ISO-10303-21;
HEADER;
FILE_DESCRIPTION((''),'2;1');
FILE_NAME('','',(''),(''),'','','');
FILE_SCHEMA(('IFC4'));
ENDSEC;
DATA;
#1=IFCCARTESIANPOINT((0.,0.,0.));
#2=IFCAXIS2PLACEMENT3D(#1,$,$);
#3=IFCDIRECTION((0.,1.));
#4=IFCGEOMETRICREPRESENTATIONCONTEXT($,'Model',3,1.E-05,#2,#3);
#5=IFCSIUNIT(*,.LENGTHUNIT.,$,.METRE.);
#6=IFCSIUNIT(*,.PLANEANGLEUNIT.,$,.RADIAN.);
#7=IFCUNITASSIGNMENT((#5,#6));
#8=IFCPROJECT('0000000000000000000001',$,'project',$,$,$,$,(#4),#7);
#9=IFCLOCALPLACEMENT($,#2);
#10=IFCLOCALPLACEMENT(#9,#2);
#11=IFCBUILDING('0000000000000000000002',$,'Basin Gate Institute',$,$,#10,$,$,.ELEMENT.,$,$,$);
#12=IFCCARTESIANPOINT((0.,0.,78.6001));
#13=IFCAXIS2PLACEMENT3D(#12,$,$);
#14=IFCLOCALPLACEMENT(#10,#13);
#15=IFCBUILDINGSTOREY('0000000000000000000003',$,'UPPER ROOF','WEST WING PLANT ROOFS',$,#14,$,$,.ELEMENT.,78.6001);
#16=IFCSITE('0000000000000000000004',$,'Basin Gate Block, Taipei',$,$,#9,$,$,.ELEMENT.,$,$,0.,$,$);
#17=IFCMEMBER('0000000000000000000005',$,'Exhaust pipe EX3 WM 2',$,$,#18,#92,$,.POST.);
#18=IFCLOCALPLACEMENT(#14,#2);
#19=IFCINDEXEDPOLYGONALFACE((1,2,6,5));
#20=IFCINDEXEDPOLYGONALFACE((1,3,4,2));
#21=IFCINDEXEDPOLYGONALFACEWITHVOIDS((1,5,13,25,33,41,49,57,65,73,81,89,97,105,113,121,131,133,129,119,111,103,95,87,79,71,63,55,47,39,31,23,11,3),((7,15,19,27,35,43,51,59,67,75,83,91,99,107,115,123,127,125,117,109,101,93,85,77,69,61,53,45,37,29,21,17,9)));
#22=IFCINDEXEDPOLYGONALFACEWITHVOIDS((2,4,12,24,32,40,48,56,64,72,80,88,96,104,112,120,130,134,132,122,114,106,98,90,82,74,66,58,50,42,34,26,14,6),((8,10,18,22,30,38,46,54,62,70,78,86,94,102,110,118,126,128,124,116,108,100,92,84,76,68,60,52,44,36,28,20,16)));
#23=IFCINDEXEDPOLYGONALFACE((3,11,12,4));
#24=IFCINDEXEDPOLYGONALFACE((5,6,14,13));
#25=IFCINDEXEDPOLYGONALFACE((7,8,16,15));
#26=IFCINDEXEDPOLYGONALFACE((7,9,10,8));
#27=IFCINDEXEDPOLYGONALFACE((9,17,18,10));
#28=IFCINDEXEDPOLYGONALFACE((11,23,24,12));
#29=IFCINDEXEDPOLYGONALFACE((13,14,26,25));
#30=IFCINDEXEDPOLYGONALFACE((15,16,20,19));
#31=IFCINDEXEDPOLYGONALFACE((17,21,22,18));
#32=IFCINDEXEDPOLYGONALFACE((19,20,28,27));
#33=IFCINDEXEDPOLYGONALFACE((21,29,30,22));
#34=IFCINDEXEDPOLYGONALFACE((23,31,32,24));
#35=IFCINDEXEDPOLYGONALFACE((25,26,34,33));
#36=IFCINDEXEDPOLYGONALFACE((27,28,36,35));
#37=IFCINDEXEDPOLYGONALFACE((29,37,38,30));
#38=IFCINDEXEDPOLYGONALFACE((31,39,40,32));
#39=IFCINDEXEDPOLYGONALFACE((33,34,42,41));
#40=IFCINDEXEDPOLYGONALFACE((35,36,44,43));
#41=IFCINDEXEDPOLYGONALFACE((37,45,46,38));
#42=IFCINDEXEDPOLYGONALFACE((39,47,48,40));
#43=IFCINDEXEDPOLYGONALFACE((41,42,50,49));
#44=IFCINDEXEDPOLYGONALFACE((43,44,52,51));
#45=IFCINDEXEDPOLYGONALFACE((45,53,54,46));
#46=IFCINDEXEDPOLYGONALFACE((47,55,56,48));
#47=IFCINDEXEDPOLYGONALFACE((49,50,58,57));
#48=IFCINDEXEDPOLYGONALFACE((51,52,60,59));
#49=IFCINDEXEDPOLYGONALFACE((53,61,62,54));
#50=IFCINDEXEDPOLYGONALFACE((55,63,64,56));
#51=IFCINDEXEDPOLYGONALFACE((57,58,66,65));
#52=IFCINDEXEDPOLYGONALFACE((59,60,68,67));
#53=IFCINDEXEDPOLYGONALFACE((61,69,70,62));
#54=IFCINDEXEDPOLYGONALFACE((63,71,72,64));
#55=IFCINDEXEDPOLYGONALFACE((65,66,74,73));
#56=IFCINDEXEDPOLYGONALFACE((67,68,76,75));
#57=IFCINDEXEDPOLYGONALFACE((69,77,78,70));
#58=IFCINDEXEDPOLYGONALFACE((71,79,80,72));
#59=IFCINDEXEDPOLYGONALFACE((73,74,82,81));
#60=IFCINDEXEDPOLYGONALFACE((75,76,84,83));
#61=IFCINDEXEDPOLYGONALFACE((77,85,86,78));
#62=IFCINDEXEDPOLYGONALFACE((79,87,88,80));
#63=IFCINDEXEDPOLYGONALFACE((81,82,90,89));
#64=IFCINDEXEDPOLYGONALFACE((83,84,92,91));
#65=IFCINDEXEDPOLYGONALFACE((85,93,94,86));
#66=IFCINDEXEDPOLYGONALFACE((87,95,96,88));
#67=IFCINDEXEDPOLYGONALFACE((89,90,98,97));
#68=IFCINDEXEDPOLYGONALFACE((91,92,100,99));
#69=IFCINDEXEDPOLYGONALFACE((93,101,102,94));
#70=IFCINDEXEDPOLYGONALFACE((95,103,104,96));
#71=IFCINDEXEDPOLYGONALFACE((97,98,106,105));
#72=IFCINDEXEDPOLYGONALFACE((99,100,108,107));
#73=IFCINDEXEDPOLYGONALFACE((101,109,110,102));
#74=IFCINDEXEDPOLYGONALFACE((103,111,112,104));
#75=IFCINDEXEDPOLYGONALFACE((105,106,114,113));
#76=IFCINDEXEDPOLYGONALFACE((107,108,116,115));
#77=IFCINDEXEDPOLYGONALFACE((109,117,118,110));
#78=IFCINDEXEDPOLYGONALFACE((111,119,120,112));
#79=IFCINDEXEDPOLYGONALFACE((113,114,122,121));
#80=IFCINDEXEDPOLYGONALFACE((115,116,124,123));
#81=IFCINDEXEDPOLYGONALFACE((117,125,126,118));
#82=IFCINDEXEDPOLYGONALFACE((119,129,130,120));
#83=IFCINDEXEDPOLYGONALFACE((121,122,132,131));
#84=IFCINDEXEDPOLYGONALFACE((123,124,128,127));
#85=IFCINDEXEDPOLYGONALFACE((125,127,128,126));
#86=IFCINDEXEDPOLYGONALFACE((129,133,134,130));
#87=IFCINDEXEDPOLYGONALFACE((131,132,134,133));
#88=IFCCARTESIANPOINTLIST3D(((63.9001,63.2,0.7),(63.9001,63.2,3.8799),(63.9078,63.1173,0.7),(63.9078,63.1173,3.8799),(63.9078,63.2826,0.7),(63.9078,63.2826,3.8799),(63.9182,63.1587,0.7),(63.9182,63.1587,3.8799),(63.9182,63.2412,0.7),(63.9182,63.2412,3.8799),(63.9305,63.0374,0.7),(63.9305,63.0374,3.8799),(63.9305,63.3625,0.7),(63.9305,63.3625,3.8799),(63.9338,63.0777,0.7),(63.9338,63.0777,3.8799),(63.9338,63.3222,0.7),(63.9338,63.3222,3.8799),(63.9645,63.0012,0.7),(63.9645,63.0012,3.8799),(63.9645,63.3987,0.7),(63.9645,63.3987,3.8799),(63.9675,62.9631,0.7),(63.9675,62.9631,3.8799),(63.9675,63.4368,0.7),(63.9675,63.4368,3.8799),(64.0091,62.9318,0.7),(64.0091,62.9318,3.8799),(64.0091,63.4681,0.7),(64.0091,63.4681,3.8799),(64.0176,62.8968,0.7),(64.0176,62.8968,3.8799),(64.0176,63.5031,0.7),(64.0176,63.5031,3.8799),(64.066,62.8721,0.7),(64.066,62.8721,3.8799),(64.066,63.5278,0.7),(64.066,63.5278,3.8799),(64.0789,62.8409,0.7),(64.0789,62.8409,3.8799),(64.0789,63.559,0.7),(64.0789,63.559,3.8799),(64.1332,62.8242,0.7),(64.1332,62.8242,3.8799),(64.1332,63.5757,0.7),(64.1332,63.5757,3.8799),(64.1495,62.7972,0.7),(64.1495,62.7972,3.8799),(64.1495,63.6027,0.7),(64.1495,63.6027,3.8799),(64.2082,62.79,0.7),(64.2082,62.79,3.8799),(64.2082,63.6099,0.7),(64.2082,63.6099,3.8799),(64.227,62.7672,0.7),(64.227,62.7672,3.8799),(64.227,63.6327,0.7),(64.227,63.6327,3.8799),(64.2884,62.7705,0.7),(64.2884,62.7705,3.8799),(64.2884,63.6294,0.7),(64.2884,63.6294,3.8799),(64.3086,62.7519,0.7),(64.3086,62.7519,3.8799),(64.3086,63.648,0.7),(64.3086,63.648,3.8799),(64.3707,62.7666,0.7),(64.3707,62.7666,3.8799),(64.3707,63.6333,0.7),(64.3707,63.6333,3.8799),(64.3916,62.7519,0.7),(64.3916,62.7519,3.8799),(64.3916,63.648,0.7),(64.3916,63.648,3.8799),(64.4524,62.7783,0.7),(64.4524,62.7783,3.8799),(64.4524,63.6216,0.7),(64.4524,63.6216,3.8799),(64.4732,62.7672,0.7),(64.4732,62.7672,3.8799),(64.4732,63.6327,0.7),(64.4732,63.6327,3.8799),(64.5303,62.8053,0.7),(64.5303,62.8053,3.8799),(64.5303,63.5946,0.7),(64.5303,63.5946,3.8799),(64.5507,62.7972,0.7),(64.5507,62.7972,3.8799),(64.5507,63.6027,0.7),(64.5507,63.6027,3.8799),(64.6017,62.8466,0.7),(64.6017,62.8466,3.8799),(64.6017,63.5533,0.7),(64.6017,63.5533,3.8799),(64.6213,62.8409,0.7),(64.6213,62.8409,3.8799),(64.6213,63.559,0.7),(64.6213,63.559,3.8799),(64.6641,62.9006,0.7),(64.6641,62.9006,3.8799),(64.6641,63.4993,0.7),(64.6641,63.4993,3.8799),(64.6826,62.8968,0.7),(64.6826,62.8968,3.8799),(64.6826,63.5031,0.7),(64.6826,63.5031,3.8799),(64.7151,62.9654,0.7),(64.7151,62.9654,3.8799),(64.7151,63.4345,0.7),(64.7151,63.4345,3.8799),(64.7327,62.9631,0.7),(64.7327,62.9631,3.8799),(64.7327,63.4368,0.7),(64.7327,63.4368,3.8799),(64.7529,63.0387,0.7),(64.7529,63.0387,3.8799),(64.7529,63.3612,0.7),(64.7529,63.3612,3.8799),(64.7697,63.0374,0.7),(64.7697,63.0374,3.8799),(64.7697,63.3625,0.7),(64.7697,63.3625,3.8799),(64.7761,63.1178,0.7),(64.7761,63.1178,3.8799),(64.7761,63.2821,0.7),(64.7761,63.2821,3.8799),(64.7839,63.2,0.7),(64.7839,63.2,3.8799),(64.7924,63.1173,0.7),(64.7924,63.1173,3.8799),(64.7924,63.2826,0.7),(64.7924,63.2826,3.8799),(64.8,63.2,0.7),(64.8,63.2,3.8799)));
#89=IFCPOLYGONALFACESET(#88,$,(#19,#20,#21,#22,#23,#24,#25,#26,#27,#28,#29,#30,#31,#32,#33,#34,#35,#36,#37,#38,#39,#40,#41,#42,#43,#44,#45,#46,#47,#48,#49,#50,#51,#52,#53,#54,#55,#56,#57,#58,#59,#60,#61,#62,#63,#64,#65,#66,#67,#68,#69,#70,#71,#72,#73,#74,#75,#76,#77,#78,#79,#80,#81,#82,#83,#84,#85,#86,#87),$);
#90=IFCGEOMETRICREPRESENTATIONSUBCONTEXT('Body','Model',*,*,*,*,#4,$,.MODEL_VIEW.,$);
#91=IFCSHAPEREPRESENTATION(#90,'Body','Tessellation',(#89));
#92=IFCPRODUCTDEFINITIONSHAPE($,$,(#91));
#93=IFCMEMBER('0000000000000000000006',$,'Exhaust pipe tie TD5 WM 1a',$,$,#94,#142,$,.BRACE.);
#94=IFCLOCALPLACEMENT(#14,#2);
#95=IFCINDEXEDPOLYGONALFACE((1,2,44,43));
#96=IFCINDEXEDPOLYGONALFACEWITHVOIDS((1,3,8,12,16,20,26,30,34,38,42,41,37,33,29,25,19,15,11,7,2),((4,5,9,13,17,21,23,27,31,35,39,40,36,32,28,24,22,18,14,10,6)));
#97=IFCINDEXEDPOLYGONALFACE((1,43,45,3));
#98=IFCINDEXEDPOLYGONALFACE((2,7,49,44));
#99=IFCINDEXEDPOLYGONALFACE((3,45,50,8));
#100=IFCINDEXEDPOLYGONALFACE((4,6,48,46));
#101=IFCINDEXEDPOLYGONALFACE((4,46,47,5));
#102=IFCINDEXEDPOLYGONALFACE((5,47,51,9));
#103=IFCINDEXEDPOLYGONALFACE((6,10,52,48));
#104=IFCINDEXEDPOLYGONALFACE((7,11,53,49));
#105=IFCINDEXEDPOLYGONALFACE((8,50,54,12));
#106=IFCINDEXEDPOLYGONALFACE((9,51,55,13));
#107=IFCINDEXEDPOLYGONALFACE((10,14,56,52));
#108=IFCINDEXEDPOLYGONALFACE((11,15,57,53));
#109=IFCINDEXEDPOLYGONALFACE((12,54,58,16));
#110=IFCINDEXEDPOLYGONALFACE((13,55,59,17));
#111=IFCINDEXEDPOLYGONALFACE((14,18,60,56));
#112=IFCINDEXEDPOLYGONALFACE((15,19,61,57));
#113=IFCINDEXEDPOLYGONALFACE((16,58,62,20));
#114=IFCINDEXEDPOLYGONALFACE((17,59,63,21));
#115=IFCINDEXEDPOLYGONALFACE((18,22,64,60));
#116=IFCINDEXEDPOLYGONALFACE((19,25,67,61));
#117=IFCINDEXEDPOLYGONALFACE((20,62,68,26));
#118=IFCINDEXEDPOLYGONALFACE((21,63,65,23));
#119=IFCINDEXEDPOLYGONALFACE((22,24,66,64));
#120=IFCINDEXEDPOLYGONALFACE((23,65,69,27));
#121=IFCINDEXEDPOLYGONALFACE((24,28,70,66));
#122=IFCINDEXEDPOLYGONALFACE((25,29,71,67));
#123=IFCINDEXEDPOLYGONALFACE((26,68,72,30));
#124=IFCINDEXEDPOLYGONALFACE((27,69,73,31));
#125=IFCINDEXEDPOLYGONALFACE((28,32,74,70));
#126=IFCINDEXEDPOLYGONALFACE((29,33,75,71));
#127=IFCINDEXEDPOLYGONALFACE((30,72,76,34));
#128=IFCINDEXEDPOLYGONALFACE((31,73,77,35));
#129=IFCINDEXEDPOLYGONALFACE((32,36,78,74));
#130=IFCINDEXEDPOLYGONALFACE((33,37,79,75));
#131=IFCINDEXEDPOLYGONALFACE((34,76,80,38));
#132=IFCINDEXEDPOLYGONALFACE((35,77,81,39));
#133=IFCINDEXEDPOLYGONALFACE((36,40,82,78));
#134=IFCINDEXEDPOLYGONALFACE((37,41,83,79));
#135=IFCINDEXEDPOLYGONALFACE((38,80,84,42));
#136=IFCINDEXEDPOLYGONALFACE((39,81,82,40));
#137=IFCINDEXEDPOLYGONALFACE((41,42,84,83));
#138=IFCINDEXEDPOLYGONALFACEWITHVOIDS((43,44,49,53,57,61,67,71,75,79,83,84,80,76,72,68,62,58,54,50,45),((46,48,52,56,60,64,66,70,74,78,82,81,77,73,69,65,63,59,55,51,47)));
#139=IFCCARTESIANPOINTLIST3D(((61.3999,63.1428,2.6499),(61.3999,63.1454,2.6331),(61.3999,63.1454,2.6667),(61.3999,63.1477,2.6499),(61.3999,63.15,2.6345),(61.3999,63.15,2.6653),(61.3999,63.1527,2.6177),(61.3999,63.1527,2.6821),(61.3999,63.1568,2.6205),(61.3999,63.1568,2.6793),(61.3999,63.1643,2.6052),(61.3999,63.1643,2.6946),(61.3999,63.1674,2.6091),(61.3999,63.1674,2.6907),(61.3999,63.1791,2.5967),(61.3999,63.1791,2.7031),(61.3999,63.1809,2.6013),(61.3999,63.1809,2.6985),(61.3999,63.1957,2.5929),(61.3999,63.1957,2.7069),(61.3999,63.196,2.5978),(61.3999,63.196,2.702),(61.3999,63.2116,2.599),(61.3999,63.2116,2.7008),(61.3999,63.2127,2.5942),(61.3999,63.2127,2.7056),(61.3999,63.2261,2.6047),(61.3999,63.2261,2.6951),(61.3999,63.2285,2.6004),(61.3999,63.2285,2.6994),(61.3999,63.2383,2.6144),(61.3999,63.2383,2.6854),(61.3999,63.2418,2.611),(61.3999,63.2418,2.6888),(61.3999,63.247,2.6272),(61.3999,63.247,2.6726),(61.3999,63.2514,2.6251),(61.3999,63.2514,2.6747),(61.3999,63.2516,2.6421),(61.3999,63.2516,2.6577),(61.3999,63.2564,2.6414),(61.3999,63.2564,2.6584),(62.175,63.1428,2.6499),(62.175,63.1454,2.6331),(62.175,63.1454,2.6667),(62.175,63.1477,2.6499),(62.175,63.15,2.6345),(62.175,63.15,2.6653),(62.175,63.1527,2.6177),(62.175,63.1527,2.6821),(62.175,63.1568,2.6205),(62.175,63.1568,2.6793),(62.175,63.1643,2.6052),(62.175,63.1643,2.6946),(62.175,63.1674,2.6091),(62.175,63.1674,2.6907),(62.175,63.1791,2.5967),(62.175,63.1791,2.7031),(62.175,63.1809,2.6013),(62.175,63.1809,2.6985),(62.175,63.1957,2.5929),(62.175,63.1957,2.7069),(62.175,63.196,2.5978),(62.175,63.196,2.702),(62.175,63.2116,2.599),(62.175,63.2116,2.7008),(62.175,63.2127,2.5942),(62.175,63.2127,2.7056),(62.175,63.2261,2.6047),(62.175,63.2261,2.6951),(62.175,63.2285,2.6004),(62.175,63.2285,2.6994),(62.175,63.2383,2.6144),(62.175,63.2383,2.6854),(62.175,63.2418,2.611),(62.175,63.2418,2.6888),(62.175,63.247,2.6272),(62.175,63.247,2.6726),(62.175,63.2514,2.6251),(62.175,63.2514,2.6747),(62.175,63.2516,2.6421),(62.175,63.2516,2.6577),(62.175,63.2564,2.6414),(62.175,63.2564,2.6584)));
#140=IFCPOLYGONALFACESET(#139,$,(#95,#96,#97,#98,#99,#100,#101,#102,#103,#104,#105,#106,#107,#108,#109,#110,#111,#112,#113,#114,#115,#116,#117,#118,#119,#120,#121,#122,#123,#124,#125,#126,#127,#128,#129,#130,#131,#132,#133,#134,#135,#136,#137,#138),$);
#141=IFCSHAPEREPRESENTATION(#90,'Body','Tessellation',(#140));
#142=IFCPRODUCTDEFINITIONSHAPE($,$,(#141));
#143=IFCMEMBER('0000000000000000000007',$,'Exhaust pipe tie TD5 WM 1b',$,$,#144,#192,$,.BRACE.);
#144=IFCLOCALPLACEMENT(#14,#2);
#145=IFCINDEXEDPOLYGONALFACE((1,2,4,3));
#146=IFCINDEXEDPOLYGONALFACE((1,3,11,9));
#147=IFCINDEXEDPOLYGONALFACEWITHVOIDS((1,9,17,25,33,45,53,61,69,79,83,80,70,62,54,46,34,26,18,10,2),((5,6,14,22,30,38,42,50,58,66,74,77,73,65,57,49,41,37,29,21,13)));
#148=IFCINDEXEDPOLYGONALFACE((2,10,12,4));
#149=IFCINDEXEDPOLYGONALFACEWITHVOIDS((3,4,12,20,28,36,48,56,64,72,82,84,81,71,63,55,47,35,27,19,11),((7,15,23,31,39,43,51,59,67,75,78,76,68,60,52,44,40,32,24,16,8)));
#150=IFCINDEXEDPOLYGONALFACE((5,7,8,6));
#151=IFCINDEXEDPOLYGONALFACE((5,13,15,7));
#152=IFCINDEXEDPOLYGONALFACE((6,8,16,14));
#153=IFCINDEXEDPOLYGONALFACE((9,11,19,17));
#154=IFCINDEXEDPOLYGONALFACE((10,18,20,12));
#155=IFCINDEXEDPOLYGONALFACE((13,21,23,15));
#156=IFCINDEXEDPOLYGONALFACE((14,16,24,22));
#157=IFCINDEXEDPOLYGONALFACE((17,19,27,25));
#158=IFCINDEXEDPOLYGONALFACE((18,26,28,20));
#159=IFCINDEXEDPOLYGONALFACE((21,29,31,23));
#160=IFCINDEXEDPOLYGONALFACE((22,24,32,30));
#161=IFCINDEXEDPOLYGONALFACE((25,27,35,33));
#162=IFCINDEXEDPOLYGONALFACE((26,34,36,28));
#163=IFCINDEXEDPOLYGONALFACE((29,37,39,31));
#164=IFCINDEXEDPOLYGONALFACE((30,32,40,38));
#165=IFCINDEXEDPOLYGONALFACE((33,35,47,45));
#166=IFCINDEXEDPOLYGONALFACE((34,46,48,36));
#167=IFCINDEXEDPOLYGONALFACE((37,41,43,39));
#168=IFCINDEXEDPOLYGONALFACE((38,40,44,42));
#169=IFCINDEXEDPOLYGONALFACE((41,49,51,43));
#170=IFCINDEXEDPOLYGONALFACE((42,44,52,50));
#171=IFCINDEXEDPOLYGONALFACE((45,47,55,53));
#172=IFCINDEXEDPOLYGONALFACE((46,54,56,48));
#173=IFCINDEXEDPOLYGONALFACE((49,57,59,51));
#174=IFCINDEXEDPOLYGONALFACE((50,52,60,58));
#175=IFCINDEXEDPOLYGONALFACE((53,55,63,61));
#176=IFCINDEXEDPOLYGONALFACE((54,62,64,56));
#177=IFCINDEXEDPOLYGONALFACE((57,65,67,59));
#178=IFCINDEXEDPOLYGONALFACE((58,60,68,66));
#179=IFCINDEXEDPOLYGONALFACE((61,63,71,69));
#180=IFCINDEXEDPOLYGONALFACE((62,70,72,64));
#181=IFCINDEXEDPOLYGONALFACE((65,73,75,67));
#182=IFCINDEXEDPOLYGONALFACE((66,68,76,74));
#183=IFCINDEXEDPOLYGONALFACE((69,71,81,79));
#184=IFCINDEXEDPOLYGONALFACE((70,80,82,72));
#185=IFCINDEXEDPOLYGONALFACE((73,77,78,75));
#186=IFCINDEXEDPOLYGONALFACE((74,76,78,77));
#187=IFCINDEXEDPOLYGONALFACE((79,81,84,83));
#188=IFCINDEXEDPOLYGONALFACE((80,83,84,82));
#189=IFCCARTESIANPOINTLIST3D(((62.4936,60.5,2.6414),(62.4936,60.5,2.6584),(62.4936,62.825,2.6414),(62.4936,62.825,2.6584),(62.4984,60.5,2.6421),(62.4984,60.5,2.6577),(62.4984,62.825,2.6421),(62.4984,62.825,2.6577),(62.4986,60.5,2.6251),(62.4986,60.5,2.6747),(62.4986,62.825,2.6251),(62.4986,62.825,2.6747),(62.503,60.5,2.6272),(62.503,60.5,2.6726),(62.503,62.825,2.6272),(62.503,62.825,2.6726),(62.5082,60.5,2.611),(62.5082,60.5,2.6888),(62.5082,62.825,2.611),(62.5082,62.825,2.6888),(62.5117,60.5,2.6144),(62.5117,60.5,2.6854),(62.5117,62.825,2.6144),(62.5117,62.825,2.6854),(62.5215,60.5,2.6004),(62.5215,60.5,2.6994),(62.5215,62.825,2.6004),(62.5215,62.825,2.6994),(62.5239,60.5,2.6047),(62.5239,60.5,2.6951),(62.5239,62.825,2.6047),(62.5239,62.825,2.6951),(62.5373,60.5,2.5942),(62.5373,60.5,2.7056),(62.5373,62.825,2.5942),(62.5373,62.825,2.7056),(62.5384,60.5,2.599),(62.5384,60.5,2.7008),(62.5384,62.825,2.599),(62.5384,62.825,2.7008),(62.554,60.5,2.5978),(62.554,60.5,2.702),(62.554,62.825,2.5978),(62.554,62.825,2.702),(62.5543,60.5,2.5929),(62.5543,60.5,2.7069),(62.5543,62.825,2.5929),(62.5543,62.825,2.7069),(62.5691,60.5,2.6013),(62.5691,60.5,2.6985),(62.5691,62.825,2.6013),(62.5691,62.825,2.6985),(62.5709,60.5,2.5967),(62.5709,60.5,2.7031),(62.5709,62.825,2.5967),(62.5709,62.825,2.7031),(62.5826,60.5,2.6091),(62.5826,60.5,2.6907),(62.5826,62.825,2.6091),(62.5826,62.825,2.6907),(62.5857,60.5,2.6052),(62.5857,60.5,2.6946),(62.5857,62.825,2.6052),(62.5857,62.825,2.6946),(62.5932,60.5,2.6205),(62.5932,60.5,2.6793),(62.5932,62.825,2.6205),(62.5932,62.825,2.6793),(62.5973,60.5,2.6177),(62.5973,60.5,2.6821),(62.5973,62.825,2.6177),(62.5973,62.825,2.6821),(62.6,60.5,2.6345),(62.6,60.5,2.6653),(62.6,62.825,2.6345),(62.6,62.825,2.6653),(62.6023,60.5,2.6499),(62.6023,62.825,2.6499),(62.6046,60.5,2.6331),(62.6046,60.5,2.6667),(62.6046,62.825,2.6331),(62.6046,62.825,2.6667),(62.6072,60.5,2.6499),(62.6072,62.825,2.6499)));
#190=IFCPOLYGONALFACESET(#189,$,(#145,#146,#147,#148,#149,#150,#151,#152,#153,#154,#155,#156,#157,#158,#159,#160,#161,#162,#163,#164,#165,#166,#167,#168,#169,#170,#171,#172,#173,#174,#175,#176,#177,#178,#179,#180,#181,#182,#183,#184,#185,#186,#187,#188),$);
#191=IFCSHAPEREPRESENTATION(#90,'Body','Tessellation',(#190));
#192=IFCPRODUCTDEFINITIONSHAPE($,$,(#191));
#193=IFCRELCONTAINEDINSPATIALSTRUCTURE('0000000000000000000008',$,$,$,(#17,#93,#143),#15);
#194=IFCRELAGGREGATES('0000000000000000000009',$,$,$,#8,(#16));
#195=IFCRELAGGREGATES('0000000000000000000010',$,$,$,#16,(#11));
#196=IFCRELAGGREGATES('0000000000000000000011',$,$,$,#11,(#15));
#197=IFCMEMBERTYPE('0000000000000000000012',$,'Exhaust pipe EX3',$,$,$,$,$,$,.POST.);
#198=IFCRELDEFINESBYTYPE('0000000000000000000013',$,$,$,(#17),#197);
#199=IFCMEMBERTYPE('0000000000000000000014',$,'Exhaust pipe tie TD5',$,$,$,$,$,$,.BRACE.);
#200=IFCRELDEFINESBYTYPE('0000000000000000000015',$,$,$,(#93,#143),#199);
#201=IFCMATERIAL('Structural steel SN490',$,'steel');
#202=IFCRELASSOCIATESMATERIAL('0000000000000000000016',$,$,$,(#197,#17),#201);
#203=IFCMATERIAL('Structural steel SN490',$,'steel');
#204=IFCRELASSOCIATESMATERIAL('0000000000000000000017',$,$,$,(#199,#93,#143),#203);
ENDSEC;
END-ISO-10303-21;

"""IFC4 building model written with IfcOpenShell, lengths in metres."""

from ifc_helpers import new_model, si_unit, direction, frame, origin, origin_2d, place, context, subcontext, project, spatial, hollow_circle, extrude, material, material_profile, profile_set, type_object, element, save


model = new_model("IFC4")

# Units and contexts
model_context = context("Model", 3, precision=1e-05, world=origin(), true_north=direction((0.0, 1.0)))
body_context = subcontext(model_context, "Body", "Model", "MODEL_VIEW")
ifc_project = project(units=[si_unit("LENGTHUNIT", "METRE"), si_unit("PLANEANGLEUNIT", "RADIAN")], contexts=[model_context])

# Site, building, storey
site_placement = place(None, origin())
site = spatial("IfcSite", under=ifc_project, at=site_placement, Name="Basin Gate Block, Taipei", CompositionType="ELEMENT", RefElevation=0.0)
building_placement = place(site_placement, origin())
building = spatial("IfcBuilding", under=site, at=building_placement, Name="Basin Gate Institute", CompositionType="ELEMENT")
storey_placement = place(building_placement, frame((0.0, 0.0, 78.6001)))
storey = spatial("IfcBuildingStorey", under=building, at=storey_placement, Name="UPPER ROOF", Description="WEST WING PLANT ROOFS", CompositionType="ELEMENT", Elevation=78.6001)

# Members
ifc_material_1 = material(Name="Structural steel SN490", Category="steel")
ifc_material_profile_1 = material_profile(ifc_material_1, hollow_circle(Radius=0.45, WallThickness=0.0161, at=origin_2d()), Name="CHS900x16")
ifc_profile_set_1 = profile_set([ifc_material_profile_1], Name="Structural steel SN490")
member_type_1 = type_object("IfcMemberType", Name="Exhaust pipe EX3", PredefinedType="POST", material=ifc_profile_set_1)
member_1_placement = place(storey_placement, frame((64.3501, 63.2, 0.7), z_axis=(0.0, 0.0, 1.0), x_axis=(1.0, 0.0, 0.0)))
element("IfcMember", 1, at=member_1_placement, inside=storey, type_object=member_type_1, material=ifc_profile_set_1, Name="Exhaust pipe EX3 WM 2", PredefinedType="POST", context=body_context, shape_type="SweptSolid", body=[
    extrude(hollow_circle(Radius=0.45, WallThickness=0.0161, at=origin_2d()), origin(), (0.0, 0.0, 1.0), 3.1799),
])
ifc_material_2 = material(Name="Structural steel SN490", Category="steel")
ifc_material_profile_2 = material_profile(ifc_material_2, hollow_circle(Radius=0.0571, WallThickness=0.0049, at=origin_2d()), Name="CHS114x5")
ifc_profile_set_2 = profile_set([ifc_material_profile_2], Name="Structural steel SN490")
member_type_2 = type_object("IfcMemberType", Name="Exhaust pipe tie TD5", PredefinedType="BRACE", material=ifc_profile_set_2)
member_2_placement = place(storey_placement, frame((62.175, 63.2, 2.6499), z_axis=(-1.0, 0.0, 0.0), x_axis=(0.0, -1.0, 0.0)))
element("IfcMember", 2, at=member_2_placement, inside=storey, type_object=member_type_2, material=ifc_profile_set_2, Name="Exhaust pipe tie TD5 WM 1a", PredefinedType="BRACE", context=body_context, shape_type="SweptSolid", body=[
    extrude(hollow_circle(Radius=0.0571, WallThickness=0.0049, at=origin_2d()), origin(), (0.0, 0.0, 1.0), 0.7751),
])
member_3_placement = place(storey_placement, frame((62.55, 62.825, 2.6499), z_axis=(0.0, -1.0, 0.0), x_axis=(1.0, 0.0, 0.0)))
element("IfcMember", 3, at=member_3_placement, inside=storey, type_object=member_type_2, material=ifc_profile_set_2, Name="Exhaust pipe tie TD5 WM 1b", PredefinedType="BRACE", context=body_context, shape_type="SweptSolid", body=[
    extrude(hollow_circle(Radius=0.0571, WallThickness=0.0049, at=origin_2d()), origin(), (0.0, 0.0, 1.0), 2.325),
])

save(model, "model.ifc")
